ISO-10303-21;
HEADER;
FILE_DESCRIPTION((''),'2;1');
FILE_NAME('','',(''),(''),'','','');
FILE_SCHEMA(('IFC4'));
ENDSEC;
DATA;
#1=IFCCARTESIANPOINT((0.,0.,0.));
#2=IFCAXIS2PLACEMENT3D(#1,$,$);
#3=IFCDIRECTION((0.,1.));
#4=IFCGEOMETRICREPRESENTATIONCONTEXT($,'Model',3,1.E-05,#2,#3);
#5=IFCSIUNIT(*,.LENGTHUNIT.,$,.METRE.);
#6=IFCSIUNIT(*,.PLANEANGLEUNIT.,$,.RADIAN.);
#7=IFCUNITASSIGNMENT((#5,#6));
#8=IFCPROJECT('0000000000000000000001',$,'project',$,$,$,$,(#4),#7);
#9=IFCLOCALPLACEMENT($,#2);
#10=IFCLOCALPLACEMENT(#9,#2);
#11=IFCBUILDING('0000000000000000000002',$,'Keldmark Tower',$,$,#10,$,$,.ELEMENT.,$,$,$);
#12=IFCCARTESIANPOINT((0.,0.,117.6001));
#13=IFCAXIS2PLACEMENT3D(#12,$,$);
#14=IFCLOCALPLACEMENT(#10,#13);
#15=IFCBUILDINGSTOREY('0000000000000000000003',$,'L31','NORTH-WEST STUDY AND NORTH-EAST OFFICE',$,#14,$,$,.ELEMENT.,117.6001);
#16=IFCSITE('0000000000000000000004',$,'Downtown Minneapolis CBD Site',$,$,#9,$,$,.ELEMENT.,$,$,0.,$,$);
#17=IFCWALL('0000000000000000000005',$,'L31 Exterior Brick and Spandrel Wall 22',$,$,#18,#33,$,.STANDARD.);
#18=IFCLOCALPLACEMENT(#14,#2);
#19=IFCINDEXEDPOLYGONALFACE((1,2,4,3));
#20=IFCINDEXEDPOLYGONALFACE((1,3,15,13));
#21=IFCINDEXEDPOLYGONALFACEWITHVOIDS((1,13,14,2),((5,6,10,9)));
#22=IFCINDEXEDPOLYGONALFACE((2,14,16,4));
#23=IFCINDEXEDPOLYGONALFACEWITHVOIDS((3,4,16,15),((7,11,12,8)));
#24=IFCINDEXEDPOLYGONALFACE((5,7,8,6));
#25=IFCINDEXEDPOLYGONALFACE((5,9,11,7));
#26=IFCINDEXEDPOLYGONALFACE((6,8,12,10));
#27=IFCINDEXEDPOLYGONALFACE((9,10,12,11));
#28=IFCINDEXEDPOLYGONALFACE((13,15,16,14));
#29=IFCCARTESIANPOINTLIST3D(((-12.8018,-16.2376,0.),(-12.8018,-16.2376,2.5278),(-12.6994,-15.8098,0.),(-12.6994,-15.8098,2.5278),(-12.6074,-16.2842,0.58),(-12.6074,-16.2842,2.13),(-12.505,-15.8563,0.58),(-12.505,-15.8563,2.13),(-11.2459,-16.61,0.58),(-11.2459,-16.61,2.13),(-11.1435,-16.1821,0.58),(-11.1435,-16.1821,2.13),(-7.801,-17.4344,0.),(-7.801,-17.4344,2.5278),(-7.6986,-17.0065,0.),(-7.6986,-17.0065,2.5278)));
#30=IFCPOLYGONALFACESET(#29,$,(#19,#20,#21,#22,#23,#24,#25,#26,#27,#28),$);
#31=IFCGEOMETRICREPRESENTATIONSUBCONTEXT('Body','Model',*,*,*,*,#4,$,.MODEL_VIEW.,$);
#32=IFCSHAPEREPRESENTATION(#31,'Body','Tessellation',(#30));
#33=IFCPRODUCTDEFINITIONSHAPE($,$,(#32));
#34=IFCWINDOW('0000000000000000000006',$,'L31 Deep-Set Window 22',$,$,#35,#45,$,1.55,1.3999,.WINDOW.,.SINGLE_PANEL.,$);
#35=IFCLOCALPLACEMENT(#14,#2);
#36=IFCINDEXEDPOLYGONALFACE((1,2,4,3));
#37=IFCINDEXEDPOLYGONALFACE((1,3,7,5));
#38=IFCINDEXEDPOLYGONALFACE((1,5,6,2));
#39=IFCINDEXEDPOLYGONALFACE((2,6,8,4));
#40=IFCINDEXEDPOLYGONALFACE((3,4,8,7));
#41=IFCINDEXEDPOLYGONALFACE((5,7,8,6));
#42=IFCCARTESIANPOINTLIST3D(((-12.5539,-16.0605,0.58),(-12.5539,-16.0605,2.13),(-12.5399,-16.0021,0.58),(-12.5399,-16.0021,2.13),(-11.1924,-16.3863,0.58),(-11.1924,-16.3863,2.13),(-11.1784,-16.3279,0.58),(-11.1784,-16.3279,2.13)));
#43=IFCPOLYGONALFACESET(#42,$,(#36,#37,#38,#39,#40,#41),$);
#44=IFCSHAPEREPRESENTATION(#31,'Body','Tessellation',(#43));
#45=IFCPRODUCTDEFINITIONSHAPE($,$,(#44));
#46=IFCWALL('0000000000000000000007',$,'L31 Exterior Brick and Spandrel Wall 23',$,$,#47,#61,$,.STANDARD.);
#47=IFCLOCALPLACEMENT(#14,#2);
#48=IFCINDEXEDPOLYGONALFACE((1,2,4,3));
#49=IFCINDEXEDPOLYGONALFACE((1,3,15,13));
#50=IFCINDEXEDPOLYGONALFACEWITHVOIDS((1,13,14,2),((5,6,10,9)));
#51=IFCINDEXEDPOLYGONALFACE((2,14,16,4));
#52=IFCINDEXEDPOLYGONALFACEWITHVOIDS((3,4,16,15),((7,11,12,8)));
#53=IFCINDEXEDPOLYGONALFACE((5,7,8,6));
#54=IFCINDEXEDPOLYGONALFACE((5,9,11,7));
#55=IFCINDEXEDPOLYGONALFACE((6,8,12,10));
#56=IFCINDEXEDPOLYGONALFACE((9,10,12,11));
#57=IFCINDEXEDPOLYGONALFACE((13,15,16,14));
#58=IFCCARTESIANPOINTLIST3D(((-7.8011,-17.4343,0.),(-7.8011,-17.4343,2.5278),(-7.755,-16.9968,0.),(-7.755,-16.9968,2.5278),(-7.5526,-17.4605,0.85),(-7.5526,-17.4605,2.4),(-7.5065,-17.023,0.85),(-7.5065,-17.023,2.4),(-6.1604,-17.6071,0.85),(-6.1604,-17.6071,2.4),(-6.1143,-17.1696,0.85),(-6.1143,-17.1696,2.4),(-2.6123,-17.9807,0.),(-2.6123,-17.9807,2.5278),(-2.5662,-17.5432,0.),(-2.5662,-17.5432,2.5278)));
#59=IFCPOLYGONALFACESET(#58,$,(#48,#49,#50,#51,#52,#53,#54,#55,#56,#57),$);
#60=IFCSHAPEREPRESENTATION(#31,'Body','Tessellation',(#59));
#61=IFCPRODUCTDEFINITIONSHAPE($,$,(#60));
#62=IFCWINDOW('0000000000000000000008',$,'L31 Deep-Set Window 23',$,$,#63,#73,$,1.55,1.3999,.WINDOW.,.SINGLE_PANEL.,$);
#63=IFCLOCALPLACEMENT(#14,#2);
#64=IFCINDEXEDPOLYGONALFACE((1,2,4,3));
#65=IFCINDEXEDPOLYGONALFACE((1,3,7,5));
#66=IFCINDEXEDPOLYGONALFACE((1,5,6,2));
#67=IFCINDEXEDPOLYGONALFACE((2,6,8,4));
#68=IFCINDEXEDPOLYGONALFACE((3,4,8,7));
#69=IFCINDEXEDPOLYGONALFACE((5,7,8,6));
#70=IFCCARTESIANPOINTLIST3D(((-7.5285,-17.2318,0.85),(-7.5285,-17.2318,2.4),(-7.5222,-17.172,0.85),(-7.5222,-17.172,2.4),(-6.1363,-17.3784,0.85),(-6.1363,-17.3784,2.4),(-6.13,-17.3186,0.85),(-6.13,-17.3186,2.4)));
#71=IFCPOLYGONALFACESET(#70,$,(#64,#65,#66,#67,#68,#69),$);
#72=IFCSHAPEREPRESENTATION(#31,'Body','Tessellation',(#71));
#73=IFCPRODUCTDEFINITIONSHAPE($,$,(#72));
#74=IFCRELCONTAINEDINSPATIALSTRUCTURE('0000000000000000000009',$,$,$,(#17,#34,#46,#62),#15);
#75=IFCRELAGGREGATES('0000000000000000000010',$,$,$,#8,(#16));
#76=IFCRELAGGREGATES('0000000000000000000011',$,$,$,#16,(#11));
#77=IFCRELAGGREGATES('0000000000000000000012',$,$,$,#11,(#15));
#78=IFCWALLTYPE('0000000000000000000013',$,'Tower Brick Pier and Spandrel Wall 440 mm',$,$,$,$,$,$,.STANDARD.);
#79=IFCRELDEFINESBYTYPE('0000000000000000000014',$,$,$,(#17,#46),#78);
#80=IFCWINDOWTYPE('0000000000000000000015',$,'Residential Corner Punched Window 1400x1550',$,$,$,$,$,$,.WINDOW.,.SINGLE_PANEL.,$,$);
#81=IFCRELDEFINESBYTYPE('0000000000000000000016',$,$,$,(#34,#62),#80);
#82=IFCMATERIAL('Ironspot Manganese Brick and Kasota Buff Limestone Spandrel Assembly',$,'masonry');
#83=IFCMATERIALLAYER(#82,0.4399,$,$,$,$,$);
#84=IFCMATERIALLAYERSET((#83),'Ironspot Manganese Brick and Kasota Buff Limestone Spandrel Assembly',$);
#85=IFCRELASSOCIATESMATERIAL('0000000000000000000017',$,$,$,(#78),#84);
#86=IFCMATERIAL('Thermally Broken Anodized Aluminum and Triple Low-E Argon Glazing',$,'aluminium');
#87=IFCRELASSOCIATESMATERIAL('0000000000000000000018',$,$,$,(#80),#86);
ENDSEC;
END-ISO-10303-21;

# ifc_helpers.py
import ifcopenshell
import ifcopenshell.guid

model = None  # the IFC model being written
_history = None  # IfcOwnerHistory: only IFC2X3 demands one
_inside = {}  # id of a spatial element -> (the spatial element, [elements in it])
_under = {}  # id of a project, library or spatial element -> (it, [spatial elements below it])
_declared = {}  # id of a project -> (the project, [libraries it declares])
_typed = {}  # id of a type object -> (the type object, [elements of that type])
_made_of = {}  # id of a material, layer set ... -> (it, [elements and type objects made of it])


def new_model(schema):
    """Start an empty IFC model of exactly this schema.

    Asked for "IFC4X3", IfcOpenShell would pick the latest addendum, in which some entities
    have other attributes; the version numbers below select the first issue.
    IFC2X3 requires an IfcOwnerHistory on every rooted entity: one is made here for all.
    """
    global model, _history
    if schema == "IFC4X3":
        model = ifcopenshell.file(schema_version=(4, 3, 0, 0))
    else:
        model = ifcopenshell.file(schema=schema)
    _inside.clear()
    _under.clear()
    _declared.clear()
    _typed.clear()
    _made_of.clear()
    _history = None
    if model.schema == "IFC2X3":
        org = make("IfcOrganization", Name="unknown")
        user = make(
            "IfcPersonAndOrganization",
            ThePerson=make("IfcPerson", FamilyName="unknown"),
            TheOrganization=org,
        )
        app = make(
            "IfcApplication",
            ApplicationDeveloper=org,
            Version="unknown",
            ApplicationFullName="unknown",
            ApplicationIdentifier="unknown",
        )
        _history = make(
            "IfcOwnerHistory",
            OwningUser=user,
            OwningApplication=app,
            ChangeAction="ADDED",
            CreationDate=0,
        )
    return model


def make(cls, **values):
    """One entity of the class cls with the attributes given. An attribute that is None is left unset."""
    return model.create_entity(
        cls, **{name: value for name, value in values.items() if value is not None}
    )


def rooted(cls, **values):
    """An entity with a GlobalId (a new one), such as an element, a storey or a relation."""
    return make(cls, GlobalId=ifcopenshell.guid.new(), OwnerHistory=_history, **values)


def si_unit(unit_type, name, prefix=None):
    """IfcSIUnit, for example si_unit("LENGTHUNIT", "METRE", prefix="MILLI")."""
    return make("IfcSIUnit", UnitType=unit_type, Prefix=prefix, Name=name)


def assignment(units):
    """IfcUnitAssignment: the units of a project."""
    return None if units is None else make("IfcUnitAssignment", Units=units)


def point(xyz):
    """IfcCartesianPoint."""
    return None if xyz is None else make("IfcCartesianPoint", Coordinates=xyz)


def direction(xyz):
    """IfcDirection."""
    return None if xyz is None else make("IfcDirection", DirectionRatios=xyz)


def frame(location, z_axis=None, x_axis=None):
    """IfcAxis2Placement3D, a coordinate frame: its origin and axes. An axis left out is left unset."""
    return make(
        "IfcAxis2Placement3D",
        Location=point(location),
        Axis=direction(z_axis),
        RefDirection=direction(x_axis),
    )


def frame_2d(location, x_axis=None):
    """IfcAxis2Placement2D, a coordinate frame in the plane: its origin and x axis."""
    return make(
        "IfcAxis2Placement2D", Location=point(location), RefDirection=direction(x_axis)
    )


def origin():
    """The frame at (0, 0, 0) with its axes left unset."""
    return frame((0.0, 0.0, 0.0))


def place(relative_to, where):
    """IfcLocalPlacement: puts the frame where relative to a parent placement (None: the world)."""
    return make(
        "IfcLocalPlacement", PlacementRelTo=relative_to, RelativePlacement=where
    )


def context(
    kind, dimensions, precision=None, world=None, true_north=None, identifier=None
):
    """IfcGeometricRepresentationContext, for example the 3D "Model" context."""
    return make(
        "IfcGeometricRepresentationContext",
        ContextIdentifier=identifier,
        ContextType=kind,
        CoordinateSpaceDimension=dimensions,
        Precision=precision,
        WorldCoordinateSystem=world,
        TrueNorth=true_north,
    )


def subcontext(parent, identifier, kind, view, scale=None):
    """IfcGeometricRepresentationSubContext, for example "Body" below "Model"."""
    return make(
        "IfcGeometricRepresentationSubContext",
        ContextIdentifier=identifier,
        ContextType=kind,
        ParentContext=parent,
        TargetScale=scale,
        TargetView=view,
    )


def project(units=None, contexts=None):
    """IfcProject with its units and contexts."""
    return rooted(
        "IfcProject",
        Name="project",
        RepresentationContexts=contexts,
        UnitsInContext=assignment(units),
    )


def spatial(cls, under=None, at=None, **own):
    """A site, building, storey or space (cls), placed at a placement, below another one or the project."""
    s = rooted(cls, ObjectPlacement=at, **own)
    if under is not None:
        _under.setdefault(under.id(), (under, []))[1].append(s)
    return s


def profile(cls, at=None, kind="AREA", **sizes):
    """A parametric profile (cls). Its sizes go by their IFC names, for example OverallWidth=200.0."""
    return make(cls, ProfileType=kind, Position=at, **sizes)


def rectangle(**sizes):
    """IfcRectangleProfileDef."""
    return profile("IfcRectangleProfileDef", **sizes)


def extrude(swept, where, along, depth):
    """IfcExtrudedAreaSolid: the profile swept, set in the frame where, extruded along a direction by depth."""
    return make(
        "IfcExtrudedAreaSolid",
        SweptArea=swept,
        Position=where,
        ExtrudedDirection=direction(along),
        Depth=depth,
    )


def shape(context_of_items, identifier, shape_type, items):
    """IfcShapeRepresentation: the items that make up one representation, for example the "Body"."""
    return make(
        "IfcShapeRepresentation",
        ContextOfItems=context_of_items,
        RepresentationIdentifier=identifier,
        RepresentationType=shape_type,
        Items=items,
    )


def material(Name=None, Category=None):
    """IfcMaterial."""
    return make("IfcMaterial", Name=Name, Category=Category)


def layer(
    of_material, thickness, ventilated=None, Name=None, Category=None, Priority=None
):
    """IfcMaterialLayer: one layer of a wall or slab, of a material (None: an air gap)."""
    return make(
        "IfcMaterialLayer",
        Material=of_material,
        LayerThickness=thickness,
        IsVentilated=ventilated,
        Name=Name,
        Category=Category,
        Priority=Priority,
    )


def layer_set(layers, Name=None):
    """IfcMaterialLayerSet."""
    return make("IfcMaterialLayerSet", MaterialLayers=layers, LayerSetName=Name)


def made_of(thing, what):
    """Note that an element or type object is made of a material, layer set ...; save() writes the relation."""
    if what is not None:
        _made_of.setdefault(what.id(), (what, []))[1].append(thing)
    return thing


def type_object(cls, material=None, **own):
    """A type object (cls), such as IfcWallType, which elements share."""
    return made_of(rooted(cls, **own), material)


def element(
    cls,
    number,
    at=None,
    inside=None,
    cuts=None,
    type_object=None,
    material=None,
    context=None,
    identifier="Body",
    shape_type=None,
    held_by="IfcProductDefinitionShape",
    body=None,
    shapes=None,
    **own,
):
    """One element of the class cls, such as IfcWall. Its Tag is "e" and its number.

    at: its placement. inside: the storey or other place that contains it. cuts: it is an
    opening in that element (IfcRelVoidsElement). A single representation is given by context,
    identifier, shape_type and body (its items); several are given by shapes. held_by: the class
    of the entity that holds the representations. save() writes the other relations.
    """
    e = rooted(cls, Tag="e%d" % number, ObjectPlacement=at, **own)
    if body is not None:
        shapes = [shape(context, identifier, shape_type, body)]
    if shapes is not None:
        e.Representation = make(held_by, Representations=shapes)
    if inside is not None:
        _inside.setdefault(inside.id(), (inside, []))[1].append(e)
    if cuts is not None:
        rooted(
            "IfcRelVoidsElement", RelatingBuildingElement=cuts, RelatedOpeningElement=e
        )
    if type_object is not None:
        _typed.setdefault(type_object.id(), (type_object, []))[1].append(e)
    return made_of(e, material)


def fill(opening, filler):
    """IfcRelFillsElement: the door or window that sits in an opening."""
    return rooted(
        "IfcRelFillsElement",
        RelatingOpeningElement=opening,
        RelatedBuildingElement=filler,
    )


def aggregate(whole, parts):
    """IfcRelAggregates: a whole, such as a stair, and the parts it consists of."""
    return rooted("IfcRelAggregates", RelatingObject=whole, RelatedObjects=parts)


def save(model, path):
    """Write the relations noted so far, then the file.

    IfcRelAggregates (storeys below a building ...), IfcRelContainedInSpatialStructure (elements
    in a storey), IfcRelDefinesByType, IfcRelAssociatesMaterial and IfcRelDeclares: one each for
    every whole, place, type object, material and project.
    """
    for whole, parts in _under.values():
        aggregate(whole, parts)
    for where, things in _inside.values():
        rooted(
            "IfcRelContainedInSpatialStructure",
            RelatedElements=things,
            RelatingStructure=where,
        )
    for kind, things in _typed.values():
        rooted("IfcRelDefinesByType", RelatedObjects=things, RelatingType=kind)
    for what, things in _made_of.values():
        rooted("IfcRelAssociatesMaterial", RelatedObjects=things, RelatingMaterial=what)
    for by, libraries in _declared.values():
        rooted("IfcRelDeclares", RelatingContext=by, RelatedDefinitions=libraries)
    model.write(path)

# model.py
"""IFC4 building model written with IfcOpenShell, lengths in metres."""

from ifc_helpers import new_model, si_unit, direction, frame, frame_2d, origin, place, context, subcontext, project, spatial, rectangle, extrude, material, layer, layer_set, type_object, element, fill, save


model = new_model("IFC4")

# Units and contexts
model_context = context("Model", 3, precision=1e-05, world=origin(), true_north=direction((0.0, 1.0)))
body_context = subcontext(model_context, "Body", "Model", "MODEL_VIEW")
ifc_project = project(units=[si_unit("LENGTHUNIT", "METRE"), si_unit("PLANEANGLEUNIT", "RADIAN")], contexts=[model_context])

# Site, building, storey
site_placement = place(None, origin())
site = spatial("IfcSite", under=ifc_project, at=site_placement, Name="Downtown Minneapolis CBD Site", CompositionType="ELEMENT", RefElevation=0.0)
building_placement = place(site_placement, origin())
building = spatial("IfcBuilding", under=site, at=building_placement, Name="Keldmark Tower", CompositionType="ELEMENT")
storey_placement = place(building_placement, frame((0.0, 0.0, 117.6001)))
storey = spatial("IfcBuildingStorey", under=building, at=storey_placement, Name="L31", Description="NORTH-WEST STUDY AND NORTH-EAST OFFICE", CompositionType="ELEMENT", Elevation=117.6001)

# Walls, openings, windows
ifc_material_1 = material(Name="Ironspot Manganese Brick and Kasota Buff Limestone Spandrel Assembly", Category="masonry")
ifc_layer_1 = layer(ifc_material_1, 0.4399)
ifc_layer_set_1 = layer_set([ifc_layer_1], Name="Ironspot Manganese Brick and Kasota Buff Limestone Spandrel Assembly")
wall_type_1 = type_object("IfcWallType", Name="Tower Brick Pier and Spandrel Wall 440 mm", PredefinedType="STANDARD", material=ifc_layer_set_1)
wall_1_placement = place(storey_placement, frame((-7.7498, -17.2205, 0.0), z_axis=(0.0, 0.0, 1.0), x_axis=(-0.97254, 0.232737, 0.0)))
wall_1 = element("IfcWall", 1, at=wall_1_placement, inside=storey, type_object=wall_type_1, Name="L31 Exterior Brick and Spandrel Wall 22", PredefinedType="STANDARD", context=body_context, shape_type="SweptSolid", body=[
    extrude(rectangle(XDim=5.1421, YDim=0.4399, at=frame_2d((2.571, 0.0))), origin(), (0.0, 0.0, 1.0), 2.5278),
])
opening_1_placement = place(wall_1_placement, frame((3.5422, 0.0, 0.5801)))
opening_1 = element("IfcOpeningElement", 2, at=opening_1_placement, cuts=wall_1, PredefinedType="OPENING", context=body_context, shape_type="SweptSolid", body=[
    extrude(rectangle(XDim=1.3999, YDim=1.55, at=frame_2d((0.7, 0.7749))), frame((0.0, 0.23, 0.0), z_axis=(0.0, -1.0, 0.0), x_axis=(1.0, 0.0, 0.0)), (0.0, 0.0, 1.0), 0.46),
])
ifc_material_2 = material(Name="Thermally Broken Anodized Aluminum and Triple Low-E Argon Glazing", Category="aluminium")
window_type_1 = type_object("IfcWindowType", Name="Residential Corner Punched Window 1400x1550", PartitioningType="SINGLE_PANEL", PredefinedType="WINDOW", material=ifc_material_2)
window_1_placement = place(opening_1_placement, origin())
window_1 = element("IfcWindow", 3, at=window_1_placement, inside=storey, type_object=window_type_1, Name="L31 Deep-Set Window 22", OverallHeight=1.55, OverallWidth=1.3999, PartitioningType="SINGLE_PANEL", PredefinedType="WINDOW", context=body_context, shape_type="SweptSolid", body=[
    extrude(rectangle(XDim=1.3999, YDim=1.55, at=frame_2d((0.7, 0.7749))), frame((0.0, -0.01, 0.0), z_axis=(0.0, -1.0, 0.0), x_axis=(1.0, 0.0, 0.0)), (0.0, 0.0, 1.0), 0.0601),
])
fill(opening_1, window_1)
wall_2_placement = place(storey_placement, frame((-2.5891, -17.762, 0.0), z_axis=(0.0, 0.0, 1.0), x_axis=(-0.994501, 0.104724, 0.0)))
wall_2 = element("IfcWall", 4, at=wall_2_placement, inside=storey, type_object=wall_type_1, Name="L31 Exterior Brick and Spandrel Wall 23", PredefinedType="STANDARD", context=body_context, shape_type="SweptSolid", body=[
    extrude(rectangle(XDim=5.2175, YDim=0.4399, at=frame_2d((2.6089, 0.0))), origin(), (0.0, 0.0, 1.0), 2.5278),
])
opening_2_placement = place(wall_2_placement, frame((3.5679, 0.0, 0.8501)))
opening_2 = element("IfcOpeningElement", 5, at=opening_2_placement, cuts=wall_2, PredefinedType="OPENING", context=body_context, shape_type="SweptSolid", body=[
    extrude(rectangle(XDim=1.3999, YDim=1.55, at=frame_2d((0.7, 0.7749))), frame((0.0, 0.23, 0.0), z_axis=(0.0, -1.0, 0.0), x_axis=(1.0, 0.0, 0.0)), (0.0, 0.0, 1.0), 0.46),
])
window_2_placement = place(opening_2_placement, origin())
window_2 = element("IfcWindow", 6, at=window_2_placement, inside=storey, type_object=window_type_1, Name="L31 Deep-Set Window 23", OverallHeight=1.55, OverallWidth=1.3999, PartitioningType="SINGLE_PANEL", PredefinedType="WINDOW", context=body_context, shape_type="SweptSolid", body=[
    extrude(rectangle(XDim=1.3999, YDim=1.55, at=frame_2d((0.7, 0.7749))), frame((0.0, -0.01, 0.0), z_axis=(0.0, -1.0, 0.0), x_axis=(1.0, 0.0, 0.0)), (0.0, 0.0, 1.0), 0.0601),
])
fill(opening_2, window_2)

save(model, "model.ifc")
